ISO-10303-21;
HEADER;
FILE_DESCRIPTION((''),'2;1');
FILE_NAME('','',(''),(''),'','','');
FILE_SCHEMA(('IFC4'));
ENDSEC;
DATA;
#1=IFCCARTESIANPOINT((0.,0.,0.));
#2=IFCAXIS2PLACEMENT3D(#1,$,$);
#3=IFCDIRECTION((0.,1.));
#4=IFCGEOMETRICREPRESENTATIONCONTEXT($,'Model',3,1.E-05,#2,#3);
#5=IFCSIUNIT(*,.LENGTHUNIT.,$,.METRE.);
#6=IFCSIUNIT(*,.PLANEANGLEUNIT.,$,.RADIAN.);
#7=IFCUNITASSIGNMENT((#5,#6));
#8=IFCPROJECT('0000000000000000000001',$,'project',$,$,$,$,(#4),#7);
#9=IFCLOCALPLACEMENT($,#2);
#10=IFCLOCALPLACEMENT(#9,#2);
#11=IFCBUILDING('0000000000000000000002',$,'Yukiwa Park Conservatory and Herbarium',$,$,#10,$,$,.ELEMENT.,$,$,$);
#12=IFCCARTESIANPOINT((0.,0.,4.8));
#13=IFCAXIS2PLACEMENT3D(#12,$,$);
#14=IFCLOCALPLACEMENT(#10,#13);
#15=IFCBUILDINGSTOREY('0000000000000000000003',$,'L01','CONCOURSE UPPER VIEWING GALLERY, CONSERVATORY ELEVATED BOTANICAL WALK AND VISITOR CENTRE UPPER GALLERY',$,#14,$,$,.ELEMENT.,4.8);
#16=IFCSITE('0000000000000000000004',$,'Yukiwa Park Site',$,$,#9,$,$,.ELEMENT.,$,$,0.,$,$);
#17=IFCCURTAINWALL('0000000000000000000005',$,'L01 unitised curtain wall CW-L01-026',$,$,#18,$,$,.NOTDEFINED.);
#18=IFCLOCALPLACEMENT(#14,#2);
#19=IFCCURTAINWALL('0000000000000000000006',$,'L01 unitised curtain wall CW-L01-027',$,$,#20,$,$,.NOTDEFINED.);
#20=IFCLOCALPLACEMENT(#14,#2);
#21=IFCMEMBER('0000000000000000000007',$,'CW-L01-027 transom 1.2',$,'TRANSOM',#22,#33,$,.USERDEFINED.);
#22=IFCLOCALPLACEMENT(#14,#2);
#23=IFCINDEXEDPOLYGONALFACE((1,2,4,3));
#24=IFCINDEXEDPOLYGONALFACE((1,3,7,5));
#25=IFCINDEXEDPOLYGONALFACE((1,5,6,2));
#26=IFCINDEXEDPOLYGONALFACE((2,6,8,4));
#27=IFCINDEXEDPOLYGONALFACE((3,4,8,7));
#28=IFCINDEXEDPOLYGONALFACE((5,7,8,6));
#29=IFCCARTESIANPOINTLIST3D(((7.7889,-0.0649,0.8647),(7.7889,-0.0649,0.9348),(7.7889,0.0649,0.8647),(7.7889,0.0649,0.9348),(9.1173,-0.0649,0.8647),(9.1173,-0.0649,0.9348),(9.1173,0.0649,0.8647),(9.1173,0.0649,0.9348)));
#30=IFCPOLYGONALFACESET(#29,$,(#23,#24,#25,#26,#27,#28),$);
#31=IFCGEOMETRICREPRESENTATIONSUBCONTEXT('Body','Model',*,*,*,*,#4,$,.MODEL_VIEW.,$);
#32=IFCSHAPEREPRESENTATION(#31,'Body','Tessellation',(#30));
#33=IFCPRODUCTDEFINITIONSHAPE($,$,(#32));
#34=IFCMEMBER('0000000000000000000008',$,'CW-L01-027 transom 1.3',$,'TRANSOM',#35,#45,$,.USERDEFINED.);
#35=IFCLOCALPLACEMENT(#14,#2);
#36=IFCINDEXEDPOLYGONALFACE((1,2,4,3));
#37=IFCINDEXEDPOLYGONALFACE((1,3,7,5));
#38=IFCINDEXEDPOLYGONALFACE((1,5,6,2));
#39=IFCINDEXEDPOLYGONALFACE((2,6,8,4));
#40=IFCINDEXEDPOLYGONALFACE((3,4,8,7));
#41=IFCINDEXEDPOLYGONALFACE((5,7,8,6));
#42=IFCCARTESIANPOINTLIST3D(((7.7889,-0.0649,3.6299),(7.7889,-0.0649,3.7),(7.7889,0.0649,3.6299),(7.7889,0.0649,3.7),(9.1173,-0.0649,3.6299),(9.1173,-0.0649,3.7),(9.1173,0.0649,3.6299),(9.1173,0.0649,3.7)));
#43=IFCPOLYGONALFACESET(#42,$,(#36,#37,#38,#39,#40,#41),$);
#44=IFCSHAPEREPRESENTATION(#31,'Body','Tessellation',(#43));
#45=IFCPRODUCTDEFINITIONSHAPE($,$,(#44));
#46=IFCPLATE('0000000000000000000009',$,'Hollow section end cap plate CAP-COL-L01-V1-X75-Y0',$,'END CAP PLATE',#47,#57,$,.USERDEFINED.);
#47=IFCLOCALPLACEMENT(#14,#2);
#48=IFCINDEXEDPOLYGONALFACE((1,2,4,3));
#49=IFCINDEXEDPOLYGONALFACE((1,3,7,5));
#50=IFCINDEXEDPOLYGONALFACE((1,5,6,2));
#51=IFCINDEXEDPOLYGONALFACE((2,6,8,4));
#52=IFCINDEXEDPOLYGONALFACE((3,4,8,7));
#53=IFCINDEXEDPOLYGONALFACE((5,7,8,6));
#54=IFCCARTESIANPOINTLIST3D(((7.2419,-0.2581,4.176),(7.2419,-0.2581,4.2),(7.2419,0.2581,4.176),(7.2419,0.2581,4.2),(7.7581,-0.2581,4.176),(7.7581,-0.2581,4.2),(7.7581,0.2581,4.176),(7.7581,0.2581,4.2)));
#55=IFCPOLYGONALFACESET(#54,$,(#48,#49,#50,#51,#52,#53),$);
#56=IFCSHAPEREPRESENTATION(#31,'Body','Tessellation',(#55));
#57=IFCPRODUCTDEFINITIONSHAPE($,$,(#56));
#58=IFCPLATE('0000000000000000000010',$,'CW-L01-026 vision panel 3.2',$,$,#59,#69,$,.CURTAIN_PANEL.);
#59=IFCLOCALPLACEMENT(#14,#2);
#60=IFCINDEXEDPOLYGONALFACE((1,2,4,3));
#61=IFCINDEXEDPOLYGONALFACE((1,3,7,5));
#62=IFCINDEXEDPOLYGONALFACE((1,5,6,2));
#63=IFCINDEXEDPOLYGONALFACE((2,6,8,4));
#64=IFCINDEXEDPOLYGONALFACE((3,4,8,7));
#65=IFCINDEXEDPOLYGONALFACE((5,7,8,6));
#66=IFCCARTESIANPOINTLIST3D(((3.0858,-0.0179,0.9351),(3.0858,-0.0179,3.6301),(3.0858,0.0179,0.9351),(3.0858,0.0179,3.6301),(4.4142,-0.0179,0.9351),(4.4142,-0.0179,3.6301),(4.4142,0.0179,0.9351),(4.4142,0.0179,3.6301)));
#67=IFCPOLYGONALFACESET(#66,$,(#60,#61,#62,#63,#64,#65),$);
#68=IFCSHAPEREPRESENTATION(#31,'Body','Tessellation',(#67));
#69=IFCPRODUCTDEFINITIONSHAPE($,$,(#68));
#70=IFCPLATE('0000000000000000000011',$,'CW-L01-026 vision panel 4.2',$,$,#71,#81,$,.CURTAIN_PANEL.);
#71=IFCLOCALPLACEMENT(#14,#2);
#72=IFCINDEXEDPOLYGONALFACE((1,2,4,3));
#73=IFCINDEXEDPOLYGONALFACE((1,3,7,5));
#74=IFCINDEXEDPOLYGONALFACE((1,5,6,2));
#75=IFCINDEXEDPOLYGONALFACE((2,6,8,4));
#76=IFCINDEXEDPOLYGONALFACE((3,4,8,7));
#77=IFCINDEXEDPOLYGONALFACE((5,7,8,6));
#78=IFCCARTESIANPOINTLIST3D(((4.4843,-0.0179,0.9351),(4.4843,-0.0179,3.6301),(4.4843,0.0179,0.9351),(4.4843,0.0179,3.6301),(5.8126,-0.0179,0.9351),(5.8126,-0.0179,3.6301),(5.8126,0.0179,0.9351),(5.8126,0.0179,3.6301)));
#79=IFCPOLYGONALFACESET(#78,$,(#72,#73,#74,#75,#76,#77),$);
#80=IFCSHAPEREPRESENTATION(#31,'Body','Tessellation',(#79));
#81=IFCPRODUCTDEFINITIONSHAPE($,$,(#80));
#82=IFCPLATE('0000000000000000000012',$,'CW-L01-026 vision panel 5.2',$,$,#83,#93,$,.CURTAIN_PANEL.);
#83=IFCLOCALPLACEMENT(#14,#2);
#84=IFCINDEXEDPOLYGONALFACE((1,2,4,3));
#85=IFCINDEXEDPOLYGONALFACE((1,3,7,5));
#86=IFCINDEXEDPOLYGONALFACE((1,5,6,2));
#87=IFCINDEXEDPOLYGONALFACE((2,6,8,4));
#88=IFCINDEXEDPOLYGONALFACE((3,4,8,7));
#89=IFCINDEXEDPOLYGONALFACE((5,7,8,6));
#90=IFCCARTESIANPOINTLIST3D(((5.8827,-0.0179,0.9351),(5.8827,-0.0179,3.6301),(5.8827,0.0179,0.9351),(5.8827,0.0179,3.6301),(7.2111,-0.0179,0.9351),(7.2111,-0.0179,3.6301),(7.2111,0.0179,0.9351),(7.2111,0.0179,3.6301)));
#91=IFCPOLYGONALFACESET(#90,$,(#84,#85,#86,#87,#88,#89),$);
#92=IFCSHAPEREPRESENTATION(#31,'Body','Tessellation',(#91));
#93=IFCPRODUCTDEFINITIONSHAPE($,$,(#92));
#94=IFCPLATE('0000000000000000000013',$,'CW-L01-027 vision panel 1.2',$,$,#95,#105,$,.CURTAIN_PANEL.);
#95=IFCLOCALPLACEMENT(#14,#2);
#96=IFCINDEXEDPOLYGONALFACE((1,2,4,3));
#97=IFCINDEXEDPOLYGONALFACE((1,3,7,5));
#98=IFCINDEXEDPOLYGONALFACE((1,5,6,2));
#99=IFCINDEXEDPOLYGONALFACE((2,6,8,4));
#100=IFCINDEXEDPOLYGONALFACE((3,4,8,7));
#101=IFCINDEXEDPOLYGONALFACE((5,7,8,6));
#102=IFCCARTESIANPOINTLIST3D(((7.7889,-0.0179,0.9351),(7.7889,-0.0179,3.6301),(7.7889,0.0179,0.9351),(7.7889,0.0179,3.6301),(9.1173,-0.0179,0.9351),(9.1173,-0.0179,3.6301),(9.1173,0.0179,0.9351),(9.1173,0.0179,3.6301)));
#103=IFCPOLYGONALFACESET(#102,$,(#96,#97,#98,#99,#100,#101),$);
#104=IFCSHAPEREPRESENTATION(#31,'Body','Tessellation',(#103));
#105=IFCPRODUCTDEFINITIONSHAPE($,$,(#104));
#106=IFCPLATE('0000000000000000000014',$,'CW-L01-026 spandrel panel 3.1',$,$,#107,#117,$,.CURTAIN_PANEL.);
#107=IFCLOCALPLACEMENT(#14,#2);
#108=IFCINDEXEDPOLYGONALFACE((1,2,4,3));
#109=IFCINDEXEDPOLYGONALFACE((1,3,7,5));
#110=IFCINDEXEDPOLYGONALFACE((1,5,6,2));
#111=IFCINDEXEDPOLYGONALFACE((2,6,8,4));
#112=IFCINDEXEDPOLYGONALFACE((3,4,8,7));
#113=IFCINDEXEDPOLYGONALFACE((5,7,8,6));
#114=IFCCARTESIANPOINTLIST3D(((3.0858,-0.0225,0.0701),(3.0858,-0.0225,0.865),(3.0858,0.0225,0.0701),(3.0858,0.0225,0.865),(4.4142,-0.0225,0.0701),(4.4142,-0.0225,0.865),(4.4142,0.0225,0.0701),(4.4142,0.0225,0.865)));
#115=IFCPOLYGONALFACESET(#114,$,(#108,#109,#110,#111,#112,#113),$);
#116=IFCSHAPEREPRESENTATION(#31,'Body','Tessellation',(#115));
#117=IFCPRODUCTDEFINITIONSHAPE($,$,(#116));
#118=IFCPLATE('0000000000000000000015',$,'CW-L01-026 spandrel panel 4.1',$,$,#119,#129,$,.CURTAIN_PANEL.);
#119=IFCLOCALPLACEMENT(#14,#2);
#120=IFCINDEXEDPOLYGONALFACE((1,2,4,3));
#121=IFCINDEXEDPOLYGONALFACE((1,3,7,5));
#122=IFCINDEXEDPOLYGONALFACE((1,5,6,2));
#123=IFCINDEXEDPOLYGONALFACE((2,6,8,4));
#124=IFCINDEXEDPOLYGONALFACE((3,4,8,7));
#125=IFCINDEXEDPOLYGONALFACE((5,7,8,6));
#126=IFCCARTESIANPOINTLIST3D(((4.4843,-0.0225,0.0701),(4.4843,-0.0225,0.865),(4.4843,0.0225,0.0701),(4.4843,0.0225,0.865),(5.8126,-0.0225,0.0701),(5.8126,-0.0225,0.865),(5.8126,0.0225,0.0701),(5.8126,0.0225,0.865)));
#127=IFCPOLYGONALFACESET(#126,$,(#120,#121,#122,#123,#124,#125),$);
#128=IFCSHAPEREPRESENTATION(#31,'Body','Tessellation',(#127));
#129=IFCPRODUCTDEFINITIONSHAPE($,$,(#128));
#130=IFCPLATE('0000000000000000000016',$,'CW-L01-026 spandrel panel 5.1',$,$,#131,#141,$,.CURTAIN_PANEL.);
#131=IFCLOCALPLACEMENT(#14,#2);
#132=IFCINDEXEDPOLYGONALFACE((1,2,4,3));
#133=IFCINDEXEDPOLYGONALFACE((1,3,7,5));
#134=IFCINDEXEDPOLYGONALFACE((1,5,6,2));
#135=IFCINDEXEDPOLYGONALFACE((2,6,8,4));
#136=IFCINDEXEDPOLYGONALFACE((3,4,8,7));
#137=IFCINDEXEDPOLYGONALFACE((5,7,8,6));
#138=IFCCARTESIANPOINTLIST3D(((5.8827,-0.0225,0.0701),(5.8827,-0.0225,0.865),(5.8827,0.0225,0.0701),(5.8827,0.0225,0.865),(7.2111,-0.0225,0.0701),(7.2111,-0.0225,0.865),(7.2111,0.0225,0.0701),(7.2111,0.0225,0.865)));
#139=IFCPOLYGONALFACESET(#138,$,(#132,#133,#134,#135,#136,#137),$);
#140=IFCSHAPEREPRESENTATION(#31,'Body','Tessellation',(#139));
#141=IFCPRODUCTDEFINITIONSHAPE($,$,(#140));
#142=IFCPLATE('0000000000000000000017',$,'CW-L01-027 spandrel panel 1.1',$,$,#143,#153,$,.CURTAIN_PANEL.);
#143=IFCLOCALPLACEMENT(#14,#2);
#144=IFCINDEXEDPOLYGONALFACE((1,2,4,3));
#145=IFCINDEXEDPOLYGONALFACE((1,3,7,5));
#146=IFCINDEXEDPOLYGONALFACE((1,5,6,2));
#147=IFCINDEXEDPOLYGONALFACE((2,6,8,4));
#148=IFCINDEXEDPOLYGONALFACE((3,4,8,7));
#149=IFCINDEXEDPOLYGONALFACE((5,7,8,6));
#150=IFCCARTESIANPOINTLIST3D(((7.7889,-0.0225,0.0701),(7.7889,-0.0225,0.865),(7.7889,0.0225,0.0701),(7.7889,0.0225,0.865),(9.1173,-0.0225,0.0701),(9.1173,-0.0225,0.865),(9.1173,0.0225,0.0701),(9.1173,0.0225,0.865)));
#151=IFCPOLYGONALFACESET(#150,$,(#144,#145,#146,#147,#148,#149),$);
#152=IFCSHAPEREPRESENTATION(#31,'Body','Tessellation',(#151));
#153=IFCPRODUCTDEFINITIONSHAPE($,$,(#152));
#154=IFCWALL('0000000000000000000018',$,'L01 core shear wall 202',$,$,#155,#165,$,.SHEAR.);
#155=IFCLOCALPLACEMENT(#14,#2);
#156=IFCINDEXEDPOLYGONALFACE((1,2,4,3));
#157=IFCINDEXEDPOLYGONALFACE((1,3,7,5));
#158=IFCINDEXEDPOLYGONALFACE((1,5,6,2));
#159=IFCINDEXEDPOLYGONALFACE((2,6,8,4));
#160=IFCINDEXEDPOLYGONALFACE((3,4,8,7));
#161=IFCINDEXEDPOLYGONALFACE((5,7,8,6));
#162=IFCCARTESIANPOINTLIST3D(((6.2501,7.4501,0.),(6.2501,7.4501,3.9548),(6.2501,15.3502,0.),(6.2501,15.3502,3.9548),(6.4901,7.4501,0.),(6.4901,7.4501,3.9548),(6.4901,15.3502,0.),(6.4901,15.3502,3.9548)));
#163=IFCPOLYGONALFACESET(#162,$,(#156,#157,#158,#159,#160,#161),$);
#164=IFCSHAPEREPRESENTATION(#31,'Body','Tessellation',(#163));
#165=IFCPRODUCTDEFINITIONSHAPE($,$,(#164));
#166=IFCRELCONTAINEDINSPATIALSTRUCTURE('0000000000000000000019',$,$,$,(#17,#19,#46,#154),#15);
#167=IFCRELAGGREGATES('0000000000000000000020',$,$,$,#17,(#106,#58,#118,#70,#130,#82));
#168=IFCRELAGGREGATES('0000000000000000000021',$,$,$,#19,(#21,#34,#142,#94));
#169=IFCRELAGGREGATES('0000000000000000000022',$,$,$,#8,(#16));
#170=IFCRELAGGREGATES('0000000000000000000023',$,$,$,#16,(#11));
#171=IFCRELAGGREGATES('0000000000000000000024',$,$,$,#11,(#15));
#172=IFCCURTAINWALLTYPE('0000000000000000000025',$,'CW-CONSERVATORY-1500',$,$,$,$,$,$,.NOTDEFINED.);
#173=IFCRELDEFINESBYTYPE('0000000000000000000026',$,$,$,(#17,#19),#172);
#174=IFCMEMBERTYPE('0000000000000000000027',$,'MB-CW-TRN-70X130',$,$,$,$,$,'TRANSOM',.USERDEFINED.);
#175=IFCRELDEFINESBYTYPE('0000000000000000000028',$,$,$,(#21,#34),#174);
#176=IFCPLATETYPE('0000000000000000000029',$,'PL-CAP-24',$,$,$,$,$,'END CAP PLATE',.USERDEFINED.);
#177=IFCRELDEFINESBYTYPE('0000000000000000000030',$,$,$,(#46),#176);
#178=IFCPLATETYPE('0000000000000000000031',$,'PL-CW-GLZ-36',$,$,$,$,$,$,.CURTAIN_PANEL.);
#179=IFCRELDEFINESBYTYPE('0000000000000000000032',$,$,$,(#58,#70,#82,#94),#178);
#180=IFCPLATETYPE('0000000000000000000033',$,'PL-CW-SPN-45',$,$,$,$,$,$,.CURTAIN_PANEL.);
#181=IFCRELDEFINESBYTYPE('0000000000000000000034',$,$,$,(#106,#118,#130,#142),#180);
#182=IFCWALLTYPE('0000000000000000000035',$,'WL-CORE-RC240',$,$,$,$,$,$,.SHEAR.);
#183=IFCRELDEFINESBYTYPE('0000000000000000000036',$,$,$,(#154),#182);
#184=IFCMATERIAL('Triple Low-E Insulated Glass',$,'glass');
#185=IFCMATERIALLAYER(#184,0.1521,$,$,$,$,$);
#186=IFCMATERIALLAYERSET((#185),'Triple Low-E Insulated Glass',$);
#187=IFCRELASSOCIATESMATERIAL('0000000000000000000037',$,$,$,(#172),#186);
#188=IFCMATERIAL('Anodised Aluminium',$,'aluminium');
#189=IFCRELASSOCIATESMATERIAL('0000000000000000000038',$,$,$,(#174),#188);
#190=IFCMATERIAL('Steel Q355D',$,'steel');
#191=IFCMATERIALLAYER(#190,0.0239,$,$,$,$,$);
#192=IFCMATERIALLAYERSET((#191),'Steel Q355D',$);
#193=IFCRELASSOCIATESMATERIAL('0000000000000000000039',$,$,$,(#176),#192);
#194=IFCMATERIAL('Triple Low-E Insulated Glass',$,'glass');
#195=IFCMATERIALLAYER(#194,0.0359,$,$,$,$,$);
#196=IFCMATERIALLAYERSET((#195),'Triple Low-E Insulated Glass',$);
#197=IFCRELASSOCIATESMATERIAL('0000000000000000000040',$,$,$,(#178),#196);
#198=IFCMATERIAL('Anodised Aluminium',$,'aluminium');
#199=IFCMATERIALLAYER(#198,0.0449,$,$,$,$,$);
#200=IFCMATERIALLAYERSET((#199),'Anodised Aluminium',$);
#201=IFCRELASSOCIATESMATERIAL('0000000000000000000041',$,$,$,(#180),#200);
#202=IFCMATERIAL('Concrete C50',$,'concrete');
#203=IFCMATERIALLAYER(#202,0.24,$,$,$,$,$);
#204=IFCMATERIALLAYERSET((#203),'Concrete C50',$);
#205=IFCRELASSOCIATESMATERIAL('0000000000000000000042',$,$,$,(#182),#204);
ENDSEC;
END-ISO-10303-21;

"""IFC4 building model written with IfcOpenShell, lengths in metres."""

from ifc_helpers import new_model, si_unit, direction, frame, frame_2d, origin, origin_2d, place, context, subcontext, project, spatial, rectangle, extrude, material, layer, layer_set, type_object, element, aggregate, save


model = new_model("IFC4")

# Units and contexts
model_context = context("Model", 3, precision=1e-05, world=origin(), true_north=direction((0.0, 1.0)))
body_context = subcontext(model_context, "Body", "Model", "MODEL_VIEW")
ifc_project = project(units=[si_unit("LENGTHUNIT", "METRE"), si_unit("PLANEANGLEUNIT", "RADIAN")], contexts=[model_context])

# Site, building, storey
site_placement = place(None, origin())
site = spatial("IfcSite", under=ifc_project, at=site_placement, Name="Yukiwa Park Site", CompositionType="ELEMENT", RefElevation=0.0)
building_placement = place(site_placement, origin())
building = spatial("IfcBuilding", under=site, at=building_placement, Name="Yukiwa Park Conservatory and Herbarium", CompositionType="ELEMENT")
storey_placement = place(building_placement, frame((0.0, 0.0, 4.8)))
storey = spatial("IfcBuildingStorey", under=building, at=storey_placement, Name="L01", Description="CONCOURSE UPPER VIEWING GALLERY, CONSERVATORY ELEVATED BOTANICAL WALK AND VISITOR CENTRE UPPER GALLERY", CompositionType="ELEMENT", Elevation=4.8)

# Curtain wall
ifc_material_1 = material(Name="Triple Low-E Insulated Glass", Category="glass")
ifc_layer_1 = layer(ifc_material_1, 0.1521)
ifc_layer_set_1 = layer_set([ifc_layer_1], Name="Triple Low-E Insulated Glass")
curtain_wall_type = type_object("IfcCurtainWallType", Name="CW-CONSERVATORY-1500", PredefinedType="NOTDEFINED", material=ifc_layer_set_1)
curtain_wall_1_placement = place(storey_placement, origin())
curtain_wall_1 = element("IfcCurtainWall", 1, at=curtain_wall_1_placement, inside=storey, type_object=curtain_wall_type, Name="L01 unitised curtain wall CW-L01-026", PredefinedType="NOTDEFINED")

# Curtain wall
curtain_wall_2_placement = place(storey_placement, origin())
curtain_wall_2 = element("IfcCurtainWall", 2, at=curtain_wall_2_placement, inside=storey, type_object=curtain_wall_type, Name="L01 unitised curtain wall CW-L01-027", PredefinedType="NOTDEFINED")

# Members
ifc_material_2 = material(Name="Anodised Aluminium", Category="aluminium")
member_type_1 = type_object("IfcMemberType", Name="MB-CW-TRN-70X130", ElementType="TRANSOM", PredefinedType="USERDEFINED", material=ifc_material_2)
member_1_placement = place(storey_placement, frame((8.4531, 0.0, 0.8647), z_axis=(0.0, 0.0, 1.0), x_axis=(1.0, 0.0, 0.0)))
member_1 = element("IfcMember", 3, at=member_1_placement, type_object=member_type_1, Name="CW-L01-027 transom 1.2", ObjectType="TRANSOM", PredefinedType="USERDEFINED", context=body_context, shape_type="SweptSolid", body=[
    extrude(rectangle(XDim=1.3284, YDim=0.1299, at=origin_2d()), origin(), (0.0, 0.0, 1.0), 0.0701),
])
member_2_placement = place(storey_placement, frame((8.4531, 0.0, 3.6299), z_axis=(0.0, 0.0, 1.0), x_axis=(1.0, 0.0, 0.0)))
member_2 = element("IfcMember", 4, at=member_2_placement, type_object=member_type_1, Name="CW-L01-027 transom 1.3", ObjectType="TRANSOM", PredefinedType="USERDEFINED", context=body_context, shape_type="SweptSolid", body=[
    extrude(rectangle(XDim=1.3284, YDim=0.1299, at=origin_2d()), origin(), (0.0, 0.0, 1.0), 0.0701),
])

# Plates
ifc_material_3 = material(Name="Steel Q355D", Category="steel")
ifc_layer_2 = layer(ifc_material_3, 0.0239)
ifc_layer_set_2 = layer_set([ifc_layer_2], Name="Steel Q355D")
plate_type_1 = type_object("IfcPlateType", Name="PL-CAP-24", ElementType="END CAP PLATE", PredefinedType="USERDEFINED", material=ifc_layer_set_2)
plate_1_placement = place(storey_placement, frame((7.5, 0.0, 4.176), z_axis=(0.0, 0.0, 1.0), x_axis=(1.0, 0.0, 0.0)))
element("IfcPlate", 5, at=plate_1_placement, inside=storey, type_object=plate_type_1, Name="Hollow section end cap plate CAP-COL-L01-V1-X75-Y0", ObjectType="END CAP PLATE", PredefinedType="USERDEFINED", context=body_context, shape_type="SweptSolid", body=[
    extrude(rectangle(XDim=0.5161, YDim=0.5161, at=origin_2d()), origin(), (0.0, 0.0, 1.0), 0.0239),
])
ifc_material_4 = material(Name="Triple Low-E Insulated Glass", Category="glass")
ifc_layer_3 = layer(ifc_material_4, 0.0359)
ifc_layer_set_3 = layer_set([ifc_layer_3], Name="Triple Low-E Insulated Glass")
plate_type_2 = type_object("IfcPlateType", Name="PL-CW-GLZ-36", PredefinedType="CURTAIN_PANEL", material=ifc_layer_set_3)
plate_2_placement = place(storey_placement, frame((3.75, 0.0, 0.9351), z_axis=(0.0, 0.0, 1.0), x_axis=(1.0, 0.0, 0.0)))
plate_2 = element("IfcPlate", 6, at=plate_2_placement, type_object=plate_type_2, Name="CW-L01-026 vision panel 3.2", PredefinedType="CURTAIN_PANEL", context=body_context, shape_type="SweptSolid", body=[
    extrude(rectangle(XDim=1.3284, YDim=0.0359, at=origin_2d()), origin(), (0.0, 0.0, 1.0), 2.6951),
])
plate_3_placement = place(storey_placement, frame((5.1484, 0.0, 0.9351), z_axis=(0.0, 0.0, 1.0), x_axis=(1.0, 0.0, 0.0)))
plate_3 = element("IfcPlate", 7, at=plate_3_placement, type_object=plate_type_2, Name="CW-L01-026 vision panel 4.2", PredefinedType="CURTAIN_PANEL", context=body_context, shape_type="SweptSolid", body=[
    extrude(rectangle(XDim=1.3284, YDim=0.0359, at=origin_2d()), origin(), (0.0, 0.0, 1.0), 2.6951),
])
plate_4_placement = place(storey_placement, frame((6.5469, 0.0, 0.9351), z_axis=(0.0, 0.0, 1.0), x_axis=(1.0, 0.0, 0.0)))
plate_4 = element("IfcPlate", 8, at=plate_4_placement, type_object=plate_type_2, Name="CW-L01-026 vision panel 5.2", PredefinedType="CURTAIN_PANEL", context=body_context, shape_type="SweptSolid", body=[
    extrude(rectangle(XDim=1.3284, YDim=0.0359, at=origin_2d()), origin(), (0.0, 0.0, 1.0), 2.6951),
])
plate_5_placement = place(storey_placement, frame((8.4531, 0.0, 0.9351), z_axis=(0.0, 0.0, 1.0), x_axis=(1.0, 0.0, 0.0)))
plate_5 = element("IfcPlate", 9, at=plate_5_placement, type_object=plate_type_2, Name="CW-L01-027 vision panel 1.2", PredefinedType="CURTAIN_PANEL", context=body_context, shape_type="SweptSolid", body=[
    extrude(rectangle(XDim=1.3284, YDim=0.0359, at=origin_2d()), origin(), (0.0, 0.0, 1.0), 2.6951),
])
ifc_material_5 = material(Name="Anodised Aluminium", Category="aluminium")
ifc_layer_4 = layer(ifc_material_5, 0.0449)
ifc_layer_set_4 = layer_set([ifc_layer_4], Name="Anodised Aluminium")
plate_type_3 = type_object("IfcPlateType", Name="PL-CW-SPN-45", PredefinedType="CURTAIN_PANEL", material=ifc_layer_set_4)
plate_6_placement = place(storey_placement, frame((3.75, 0.0, 0.0701), z_axis=(0.0, 0.0, 1.0), x_axis=(1.0, 0.0, 0.0)))
plate_6 = element("IfcPlate", 10, at=plate_6_placement, type_object=plate_type_3, Name="CW-L01-026 spandrel panel 3.1", PredefinedType="CURTAIN_PANEL", context=body_context, shape_type="SweptSolid", body=[
    extrude(rectangle(XDim=1.3284, YDim=0.0449, at=origin_2d()), origin(), (0.0, 0.0, 1.0), 0.7949),
])
plate_7_placement = place(storey_placement, frame((5.1484, 0.0, 0.0701), z_axis=(0.0, 0.0, 1.0), x_axis=(1.0, 0.0, 0.0)))
plate_7 = element("IfcPlate", 11, at=plate_7_placement, type_object=plate_type_3, Name="CW-L01-026 spandrel panel 4.1", PredefinedType="CURTAIN_PANEL", context=body_context, shape_type="SweptSolid", body=[
    extrude(rectangle(XDim=1.3284, YDim=0.0449, at=origin_2d()), origin(), (0.0, 0.0, 1.0), 0.7949),
])
plate_8_placement = place(storey_placement, frame((6.5469, 0.0, 0.0701), z_axis=(0.0, 0.0, 1.0), x_axis=(1.0, 0.0, 0.0)))
plate_8 = element("IfcPlate", 12, at=plate_8_placement, type_object=plate_type_3, Name="CW-L01-026 spandrel panel 5.1", PredefinedType="CURTAIN_PANEL", context=body_context, shape_type="SweptSolid", body=[
    extrude(rectangle(XDim=1.3284, YDim=0.0449, at=origin_2d()), origin(), (0.0, 0.0, 1.0), 0.7949),
])
aggregate(curtain_wall_1, [plate_6, plate_2, plate_7, plate_3, plate_8, plate_4])
plate_9_placement = place(storey_placement, frame((8.4531, 0.0, 0.0701), z_axis=(0.0, 0.0, 1.0), x_axis=(1.0, 0.0, 0.0)))
plate_9 = element("IfcPlate", 13, at=plate_9_placement, type_object=plate_type_3, Name="CW-L01-027 spandrel panel 1.1", PredefinedType="CURTAIN_PANEL", context=body_context, shape_type="SweptSolid", body=[
    extrude(rectangle(XDim=1.3284, YDim=0.0449, at=origin_2d()), origin(), (0.0, 0.0, 1.0), 0.7949),
])
aggregate(curtain_wall_2, [member_1, member_2, plate_9, plate_5])

# Wall
ifc_material_6 = material(Name="Concrete C50", Category="concrete")
ifc_layer_5 = layer(ifc_material_6, 0.24)
ifc_layer_set_5 = layer_set([ifc_layer_5], Name="Concrete C50")
wall_type = type_object("IfcWallType", Name="WL-CORE-RC240", PredefinedType="SHEAR", material=ifc_layer_set_5)
wall_placement = place(storey_placement, frame((6.3701, 7.45, 0.0), z_axis=(0.0, 0.0, 1.0), x_axis=(0.0, 1.0, 0.0)))
element("IfcWall", 14, at=wall_placement, inside=storey, type_object=wall_type, Name="L01 core shear wall 202", PredefinedType="SHEAR", context=body_context, shape_type="SweptSolid", body=[
    extrude(rectangle(XDim=7.9001, YDim=0.24, at=frame_2d((3.9502, 0.0))), origin(), (0.0, 0.0, 1.0), 3.9548),
])

save(model, "model.ifc")
